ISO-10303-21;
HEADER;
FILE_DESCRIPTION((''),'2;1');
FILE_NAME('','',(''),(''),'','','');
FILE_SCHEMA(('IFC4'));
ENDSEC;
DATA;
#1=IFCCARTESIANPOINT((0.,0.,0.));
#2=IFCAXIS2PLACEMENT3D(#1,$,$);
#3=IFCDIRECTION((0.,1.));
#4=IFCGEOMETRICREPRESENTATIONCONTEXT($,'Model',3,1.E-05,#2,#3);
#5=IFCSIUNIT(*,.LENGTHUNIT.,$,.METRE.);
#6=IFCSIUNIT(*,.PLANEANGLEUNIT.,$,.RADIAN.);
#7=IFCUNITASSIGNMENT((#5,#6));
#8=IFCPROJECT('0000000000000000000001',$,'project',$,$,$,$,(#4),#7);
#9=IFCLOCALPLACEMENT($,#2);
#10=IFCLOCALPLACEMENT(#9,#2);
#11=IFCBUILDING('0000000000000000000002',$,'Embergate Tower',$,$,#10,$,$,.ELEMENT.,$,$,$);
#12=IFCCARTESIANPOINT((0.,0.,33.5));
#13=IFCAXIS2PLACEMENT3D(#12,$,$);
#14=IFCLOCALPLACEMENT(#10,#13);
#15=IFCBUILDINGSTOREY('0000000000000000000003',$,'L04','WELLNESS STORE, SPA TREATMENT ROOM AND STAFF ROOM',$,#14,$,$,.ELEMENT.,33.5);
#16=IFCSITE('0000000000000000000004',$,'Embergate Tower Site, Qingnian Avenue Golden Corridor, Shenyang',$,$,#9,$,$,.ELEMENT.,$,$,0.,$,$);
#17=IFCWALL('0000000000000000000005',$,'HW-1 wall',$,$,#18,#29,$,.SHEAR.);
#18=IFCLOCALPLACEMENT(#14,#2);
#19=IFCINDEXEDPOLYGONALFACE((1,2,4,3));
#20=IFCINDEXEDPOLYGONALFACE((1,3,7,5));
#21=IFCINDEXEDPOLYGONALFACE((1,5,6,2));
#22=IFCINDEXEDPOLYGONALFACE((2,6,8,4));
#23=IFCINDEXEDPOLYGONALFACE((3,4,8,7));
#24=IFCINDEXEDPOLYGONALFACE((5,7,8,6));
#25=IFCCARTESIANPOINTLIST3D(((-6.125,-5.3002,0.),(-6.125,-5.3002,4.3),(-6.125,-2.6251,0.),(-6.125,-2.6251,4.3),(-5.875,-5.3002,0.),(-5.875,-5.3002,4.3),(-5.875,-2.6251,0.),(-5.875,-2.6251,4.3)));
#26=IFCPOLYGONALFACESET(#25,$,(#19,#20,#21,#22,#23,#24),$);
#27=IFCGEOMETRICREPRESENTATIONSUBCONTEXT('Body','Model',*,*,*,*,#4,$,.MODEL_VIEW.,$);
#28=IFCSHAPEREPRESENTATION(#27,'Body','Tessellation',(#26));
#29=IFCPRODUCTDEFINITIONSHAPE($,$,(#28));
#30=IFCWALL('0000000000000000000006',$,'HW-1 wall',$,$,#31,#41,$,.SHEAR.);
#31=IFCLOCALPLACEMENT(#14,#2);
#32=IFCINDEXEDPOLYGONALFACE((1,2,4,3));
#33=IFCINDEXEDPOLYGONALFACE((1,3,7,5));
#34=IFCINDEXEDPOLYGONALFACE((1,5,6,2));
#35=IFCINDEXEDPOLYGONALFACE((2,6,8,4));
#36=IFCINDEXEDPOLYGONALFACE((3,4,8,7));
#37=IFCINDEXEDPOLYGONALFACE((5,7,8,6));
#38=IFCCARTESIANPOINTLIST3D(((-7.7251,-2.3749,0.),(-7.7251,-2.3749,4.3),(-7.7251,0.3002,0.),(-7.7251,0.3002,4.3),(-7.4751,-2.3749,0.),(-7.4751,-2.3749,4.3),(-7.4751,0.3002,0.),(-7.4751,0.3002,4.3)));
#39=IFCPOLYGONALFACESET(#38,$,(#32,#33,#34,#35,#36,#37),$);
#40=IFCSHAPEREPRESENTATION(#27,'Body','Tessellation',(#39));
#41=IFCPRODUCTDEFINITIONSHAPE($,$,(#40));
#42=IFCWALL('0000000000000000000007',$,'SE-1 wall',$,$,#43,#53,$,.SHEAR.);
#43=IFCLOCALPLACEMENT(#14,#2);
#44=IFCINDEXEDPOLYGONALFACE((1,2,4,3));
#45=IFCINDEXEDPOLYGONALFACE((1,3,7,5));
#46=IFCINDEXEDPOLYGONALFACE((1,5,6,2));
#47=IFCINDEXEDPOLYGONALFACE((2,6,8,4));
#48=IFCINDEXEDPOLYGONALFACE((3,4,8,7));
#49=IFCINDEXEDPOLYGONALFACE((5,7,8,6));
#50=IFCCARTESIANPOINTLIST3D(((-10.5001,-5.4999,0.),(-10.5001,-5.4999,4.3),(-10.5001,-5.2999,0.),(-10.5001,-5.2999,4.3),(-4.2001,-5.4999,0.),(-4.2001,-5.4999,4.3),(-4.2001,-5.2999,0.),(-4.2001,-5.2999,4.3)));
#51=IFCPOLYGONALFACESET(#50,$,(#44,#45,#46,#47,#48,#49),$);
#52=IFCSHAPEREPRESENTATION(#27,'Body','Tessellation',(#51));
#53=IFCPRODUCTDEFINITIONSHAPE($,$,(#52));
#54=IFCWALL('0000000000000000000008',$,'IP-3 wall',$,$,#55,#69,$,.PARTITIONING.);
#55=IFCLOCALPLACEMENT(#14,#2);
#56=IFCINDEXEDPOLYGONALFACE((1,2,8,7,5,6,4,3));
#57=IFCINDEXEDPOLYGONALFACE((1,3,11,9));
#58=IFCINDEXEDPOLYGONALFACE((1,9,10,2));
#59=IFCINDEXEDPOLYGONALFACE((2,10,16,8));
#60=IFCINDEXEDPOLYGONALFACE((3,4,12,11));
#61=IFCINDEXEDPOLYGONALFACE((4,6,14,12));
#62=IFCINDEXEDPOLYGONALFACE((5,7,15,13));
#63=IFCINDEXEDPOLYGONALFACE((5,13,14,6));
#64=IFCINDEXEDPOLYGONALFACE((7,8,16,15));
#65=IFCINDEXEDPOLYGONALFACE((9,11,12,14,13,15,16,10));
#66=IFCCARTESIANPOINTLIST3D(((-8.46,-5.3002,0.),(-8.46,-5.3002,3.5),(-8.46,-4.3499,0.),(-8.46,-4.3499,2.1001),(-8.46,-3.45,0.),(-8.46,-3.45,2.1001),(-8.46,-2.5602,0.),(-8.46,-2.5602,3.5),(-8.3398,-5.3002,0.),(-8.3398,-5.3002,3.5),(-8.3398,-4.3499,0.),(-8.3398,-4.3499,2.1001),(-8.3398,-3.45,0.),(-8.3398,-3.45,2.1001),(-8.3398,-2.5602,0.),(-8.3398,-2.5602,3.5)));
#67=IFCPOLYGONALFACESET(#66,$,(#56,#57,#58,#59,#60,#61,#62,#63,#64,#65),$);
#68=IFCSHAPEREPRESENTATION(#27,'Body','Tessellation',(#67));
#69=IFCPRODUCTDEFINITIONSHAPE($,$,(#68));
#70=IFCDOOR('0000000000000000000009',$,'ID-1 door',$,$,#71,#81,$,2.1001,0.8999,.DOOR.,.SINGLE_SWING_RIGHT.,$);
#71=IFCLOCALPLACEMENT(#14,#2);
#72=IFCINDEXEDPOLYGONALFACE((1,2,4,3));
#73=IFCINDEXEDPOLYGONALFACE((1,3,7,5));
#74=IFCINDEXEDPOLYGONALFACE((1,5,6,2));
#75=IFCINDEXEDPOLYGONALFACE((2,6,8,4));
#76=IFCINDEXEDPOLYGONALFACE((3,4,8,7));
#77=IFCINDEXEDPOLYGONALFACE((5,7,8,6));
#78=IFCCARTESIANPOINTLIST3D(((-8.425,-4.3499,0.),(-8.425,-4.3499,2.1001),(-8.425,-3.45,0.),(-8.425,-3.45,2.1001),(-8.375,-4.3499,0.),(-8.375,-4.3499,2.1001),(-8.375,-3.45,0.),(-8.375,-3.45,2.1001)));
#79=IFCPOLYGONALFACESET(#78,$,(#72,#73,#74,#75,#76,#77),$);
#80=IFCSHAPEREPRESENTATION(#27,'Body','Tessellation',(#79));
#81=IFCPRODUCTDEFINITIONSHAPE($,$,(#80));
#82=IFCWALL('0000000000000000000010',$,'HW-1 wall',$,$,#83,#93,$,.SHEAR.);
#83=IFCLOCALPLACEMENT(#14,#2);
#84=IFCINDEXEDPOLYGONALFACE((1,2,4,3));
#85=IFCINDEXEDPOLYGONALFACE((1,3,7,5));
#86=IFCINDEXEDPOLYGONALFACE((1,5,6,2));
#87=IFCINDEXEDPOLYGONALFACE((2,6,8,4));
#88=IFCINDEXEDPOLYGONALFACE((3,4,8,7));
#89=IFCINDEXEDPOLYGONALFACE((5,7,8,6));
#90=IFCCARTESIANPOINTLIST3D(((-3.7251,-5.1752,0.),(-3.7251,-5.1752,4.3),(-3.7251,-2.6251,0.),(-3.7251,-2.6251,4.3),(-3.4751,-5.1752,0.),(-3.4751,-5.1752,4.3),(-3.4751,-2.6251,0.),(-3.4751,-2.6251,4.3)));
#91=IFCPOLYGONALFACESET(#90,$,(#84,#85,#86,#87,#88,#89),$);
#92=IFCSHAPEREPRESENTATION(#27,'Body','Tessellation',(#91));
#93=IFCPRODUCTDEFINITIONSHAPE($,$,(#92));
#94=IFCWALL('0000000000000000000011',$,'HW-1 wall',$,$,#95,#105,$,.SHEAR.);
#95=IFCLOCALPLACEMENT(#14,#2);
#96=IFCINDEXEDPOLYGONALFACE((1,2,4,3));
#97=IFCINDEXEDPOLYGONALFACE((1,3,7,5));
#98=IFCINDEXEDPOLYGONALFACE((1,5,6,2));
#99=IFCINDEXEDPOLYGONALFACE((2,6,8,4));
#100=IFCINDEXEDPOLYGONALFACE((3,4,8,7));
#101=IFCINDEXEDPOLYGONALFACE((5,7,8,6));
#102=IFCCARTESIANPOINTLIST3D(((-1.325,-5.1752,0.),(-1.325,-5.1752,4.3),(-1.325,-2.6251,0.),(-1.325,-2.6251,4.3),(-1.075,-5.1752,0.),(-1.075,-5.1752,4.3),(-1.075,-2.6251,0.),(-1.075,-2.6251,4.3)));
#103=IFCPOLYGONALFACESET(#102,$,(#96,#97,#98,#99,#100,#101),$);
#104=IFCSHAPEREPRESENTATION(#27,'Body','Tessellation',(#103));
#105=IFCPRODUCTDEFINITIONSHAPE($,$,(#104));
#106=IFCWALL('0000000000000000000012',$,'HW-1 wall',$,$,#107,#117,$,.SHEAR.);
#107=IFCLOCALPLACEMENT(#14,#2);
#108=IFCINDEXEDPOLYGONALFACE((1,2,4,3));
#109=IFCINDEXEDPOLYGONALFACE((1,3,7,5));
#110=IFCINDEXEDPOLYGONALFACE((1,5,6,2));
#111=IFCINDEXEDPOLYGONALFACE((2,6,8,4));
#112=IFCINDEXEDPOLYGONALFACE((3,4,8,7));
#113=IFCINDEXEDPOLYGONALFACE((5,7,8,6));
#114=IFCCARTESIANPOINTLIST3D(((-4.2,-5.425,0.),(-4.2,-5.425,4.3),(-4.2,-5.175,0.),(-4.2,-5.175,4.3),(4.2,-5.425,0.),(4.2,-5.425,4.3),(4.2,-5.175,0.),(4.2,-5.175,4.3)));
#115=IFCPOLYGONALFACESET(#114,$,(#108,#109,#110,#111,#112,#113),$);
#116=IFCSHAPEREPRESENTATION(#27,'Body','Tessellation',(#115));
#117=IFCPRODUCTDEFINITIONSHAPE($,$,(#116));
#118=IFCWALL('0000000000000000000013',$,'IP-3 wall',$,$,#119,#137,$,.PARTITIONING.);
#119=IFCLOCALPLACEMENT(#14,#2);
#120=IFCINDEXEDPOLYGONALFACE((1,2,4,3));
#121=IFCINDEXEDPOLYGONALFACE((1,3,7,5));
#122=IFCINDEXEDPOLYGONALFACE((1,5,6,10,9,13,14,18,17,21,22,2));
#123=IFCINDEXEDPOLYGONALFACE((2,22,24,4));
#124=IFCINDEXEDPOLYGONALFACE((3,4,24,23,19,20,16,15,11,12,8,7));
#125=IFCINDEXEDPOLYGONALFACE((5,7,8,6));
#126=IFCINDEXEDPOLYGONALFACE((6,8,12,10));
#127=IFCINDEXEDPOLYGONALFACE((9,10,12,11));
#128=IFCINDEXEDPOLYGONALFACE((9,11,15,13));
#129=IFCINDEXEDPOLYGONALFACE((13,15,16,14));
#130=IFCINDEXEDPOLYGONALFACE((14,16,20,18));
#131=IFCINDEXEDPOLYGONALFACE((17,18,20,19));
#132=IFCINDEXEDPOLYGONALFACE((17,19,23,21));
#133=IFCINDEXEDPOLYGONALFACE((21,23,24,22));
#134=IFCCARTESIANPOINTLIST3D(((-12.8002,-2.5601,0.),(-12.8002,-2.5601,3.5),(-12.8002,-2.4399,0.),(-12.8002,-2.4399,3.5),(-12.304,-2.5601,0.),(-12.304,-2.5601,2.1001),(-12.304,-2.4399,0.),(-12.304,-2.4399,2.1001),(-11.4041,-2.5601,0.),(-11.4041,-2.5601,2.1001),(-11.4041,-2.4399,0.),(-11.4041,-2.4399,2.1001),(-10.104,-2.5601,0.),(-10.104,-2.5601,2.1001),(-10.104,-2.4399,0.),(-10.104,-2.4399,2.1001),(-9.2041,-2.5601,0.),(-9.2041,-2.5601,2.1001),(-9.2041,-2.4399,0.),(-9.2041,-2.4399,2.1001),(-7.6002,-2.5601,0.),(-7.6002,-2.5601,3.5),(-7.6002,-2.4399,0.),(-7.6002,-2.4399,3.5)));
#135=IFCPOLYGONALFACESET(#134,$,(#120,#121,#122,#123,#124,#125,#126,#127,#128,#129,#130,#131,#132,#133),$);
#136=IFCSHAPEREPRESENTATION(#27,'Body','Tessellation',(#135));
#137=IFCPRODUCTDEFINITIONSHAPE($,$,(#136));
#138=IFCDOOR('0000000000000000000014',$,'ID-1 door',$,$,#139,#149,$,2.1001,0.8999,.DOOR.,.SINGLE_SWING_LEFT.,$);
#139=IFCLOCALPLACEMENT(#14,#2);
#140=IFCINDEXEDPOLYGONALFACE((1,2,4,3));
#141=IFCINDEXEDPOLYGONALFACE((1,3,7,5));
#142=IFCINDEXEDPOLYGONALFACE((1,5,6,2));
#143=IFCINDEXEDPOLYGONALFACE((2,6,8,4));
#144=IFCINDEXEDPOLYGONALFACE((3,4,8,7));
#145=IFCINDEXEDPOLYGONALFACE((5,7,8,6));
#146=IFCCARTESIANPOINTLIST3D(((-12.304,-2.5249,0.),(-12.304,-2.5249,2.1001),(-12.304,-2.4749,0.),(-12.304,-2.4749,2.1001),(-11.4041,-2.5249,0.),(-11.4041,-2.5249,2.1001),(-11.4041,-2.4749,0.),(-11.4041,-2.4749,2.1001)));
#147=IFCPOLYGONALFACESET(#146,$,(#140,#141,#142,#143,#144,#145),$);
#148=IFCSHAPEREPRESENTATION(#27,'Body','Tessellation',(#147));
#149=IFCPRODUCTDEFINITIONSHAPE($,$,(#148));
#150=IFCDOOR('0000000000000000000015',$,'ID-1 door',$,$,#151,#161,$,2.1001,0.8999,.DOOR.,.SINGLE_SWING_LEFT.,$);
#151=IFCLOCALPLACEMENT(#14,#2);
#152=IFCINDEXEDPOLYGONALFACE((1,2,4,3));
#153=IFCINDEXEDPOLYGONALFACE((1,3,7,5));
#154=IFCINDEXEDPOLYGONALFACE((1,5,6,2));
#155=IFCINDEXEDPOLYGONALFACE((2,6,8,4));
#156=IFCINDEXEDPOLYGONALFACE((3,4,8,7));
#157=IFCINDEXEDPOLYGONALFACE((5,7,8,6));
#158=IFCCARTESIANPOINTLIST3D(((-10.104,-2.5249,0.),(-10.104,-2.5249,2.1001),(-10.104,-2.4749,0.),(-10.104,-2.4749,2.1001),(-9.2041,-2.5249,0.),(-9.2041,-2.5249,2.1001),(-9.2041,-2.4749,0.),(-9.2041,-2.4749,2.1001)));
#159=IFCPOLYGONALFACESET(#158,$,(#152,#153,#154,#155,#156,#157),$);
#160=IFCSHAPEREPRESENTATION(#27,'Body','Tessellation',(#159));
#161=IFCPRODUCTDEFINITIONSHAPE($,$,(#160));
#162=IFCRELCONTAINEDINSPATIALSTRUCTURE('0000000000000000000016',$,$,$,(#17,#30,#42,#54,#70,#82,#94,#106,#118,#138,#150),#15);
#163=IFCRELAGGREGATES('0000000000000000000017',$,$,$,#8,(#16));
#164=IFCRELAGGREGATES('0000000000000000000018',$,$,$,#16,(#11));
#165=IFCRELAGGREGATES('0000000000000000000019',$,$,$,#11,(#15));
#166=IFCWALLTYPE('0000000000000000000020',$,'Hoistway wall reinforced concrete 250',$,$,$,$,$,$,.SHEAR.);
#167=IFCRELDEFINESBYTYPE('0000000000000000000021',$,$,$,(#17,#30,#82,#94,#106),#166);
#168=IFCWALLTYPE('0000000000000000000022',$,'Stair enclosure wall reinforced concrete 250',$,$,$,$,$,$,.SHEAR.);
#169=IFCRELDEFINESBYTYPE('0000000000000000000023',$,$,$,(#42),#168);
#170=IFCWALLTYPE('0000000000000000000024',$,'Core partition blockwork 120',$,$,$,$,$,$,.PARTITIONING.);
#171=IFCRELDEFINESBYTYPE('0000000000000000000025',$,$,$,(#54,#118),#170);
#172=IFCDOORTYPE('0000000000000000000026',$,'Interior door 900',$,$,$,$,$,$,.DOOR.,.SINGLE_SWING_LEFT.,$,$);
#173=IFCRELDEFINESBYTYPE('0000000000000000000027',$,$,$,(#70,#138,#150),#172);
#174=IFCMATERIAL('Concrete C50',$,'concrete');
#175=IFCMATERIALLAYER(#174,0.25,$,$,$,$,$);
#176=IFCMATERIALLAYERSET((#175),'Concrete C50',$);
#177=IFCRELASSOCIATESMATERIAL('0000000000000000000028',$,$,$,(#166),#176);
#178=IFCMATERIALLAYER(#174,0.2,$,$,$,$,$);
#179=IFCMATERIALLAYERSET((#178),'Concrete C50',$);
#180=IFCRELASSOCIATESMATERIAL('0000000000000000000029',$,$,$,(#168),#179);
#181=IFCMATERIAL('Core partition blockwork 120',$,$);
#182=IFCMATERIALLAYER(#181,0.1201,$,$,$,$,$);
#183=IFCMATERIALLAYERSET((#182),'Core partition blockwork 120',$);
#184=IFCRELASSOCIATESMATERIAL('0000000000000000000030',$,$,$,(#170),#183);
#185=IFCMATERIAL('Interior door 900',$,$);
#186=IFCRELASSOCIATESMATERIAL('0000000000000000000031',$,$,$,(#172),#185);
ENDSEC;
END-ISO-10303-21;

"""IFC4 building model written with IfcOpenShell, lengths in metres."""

from ifc_helpers import new_model, si_unit, direction, frame, frame_2d, origin, place, context, subcontext, project, spatial, rectangle, extrude, source, transform, mapped, material, layer, layer_set, type_object, element, fill, save


model = new_model("IFC4")

# Units and contexts
model_context = context("Model", 3, precision=1e-05, world=origin(), true_north=direction((0.0, 1.0)))
body_context = subcontext(model_context, "Body", "Model", "MODEL_VIEW")
ifc_project = project(units=[si_unit("LENGTHUNIT", "METRE"), si_unit("PLANEANGLEUNIT", "RADIAN")], contexts=[model_context])

# Site, building, storey
site_placement = place(None, origin())
site = spatial("IfcSite", under=ifc_project, at=site_placement, Name="Embergate Tower Site, Qingnian Avenue Golden Corridor, Shenyang", CompositionType="ELEMENT", RefElevation=0.0)
building_placement = place(site_placement, origin())
building = spatial("IfcBuilding", under=site, at=building_placement, Name="Embergate Tower", CompositionType="ELEMENT")
storey_placement = place(building_placement, frame((0.0, 0.0, 33.5)))
storey = spatial("IfcBuildingStorey", under=building, at=storey_placement, Name="L04", Description="WELLNESS STORE, SPA TREATMENT ROOM AND STAFF ROOM", CompositionType="ELEMENT", Elevation=33.5)

# Walls
ifc_material_1 = material(Name="Concrete C50", Category="concrete")
ifc_layer_1 = layer(ifc_material_1, 0.25)
ifc_layer_set_1 = layer_set([ifc_layer_1], Name="Concrete C50")
wall_type_1 = type_object("IfcWallType", Name="Hoistway wall reinforced concrete 250", PredefinedType="SHEAR", material=ifc_layer_set_1)
shared_shape_1 = source(origin(), body_context, "Body", "SweptSolid", [
    extrude(rectangle(XDim=2.675, YDim=0.25, at=frame_2d((1.3374, 0.0))), origin(), (0.0, 0.0, 1.0), 4.3),
])
for number, where, z_axis, x_axis, name in (
    (1, (-6.0, -5.3, 0.0), (0.0, 0.0, 1.0), (0.0, 1.0, 0.0), "HW-1 wall"),
    (2, (-7.6001, 0.3, 0.0), (0.0, 0.0, 1.0), (0.0, -1.0, 0.0), "HW-1 wall"),
):
    element("IfcWall", number, at=place(storey_placement, frame(where, z_axis=z_axis, x_axis=x_axis)), inside=storey, type_object=wall_type_1, Name=name, PredefinedType="SHEAR", context=body_context, shape_type="MappedRepresentation", body=[
        mapped(shared_shape_1, transform((0.0, 0.0, 0.0))),
    ])
ifc_layer_2 = layer(ifc_material_1, 0.2)
ifc_layer_set_2 = layer_set([ifc_layer_2], Name="Concrete C50")
wall_type_2 = type_object("IfcWallType", Name="Stair enclosure wall reinforced concrete 250", PredefinedType="SHEAR", material=ifc_layer_set_2)
shared_shape_2 = source(origin(), body_context, "Body", "SweptSolid", [
    extrude(rectangle(XDim=6.3, YDim=0.2, at=frame_2d((3.1499, 0.0))), origin(), (0.0, 0.0, 1.0), 4.3),
])
wall_1_placement = place(storey_placement, frame((-10.5, -5.3999, 0.0), z_axis=(0.0, 0.0, 1.0), x_axis=(1.0, 0.0, 0.0)))
element("IfcWall", 3, at=wall_1_placement, inside=storey, type_object=wall_type_2, Name="SE-1 wall", PredefinedType="SHEAR", context=body_context, shape_type="MappedRepresentation", body=[
    mapped(shared_shape_2, transform((0.0, 0.0, 0.0))),
])

# Wall, opening, door
ifc_material_2 = material(Name="Core partition blockwork 120")
ifc_layer_3 = layer(ifc_material_2, 0.1201)
ifc_layer_set_3 = layer_set([ifc_layer_3], Name="Core partition blockwork 120")
wall_type_3 = type_object("IfcWallType", Name="Core partition blockwork 120", PredefinedType="PARTITIONING", material=ifc_layer_set_3)
shared_shape_3 = source(origin(), body_context, "Body", "SweptSolid", [
    extrude(rectangle(XDim=2.74, YDim=0.1201, at=frame_2d((1.3701, 0.0))), origin(), (0.0, 0.0, 1.0), 3.5),
])
wall_2_placement = place(storey_placement, frame((-8.3999, -2.5601, 0.0), z_axis=(0.0, 0.0, 1.0), x_axis=(0.0, -1.0, 0.0)))
wall_2 = element("IfcWall", 4, at=wall_2_placement, inside=storey, type_object=wall_type_3, Name="IP-3 wall", PredefinedType="PARTITIONING", context=body_context, shape_type="MappedRepresentation", body=[
    mapped(shared_shape_3, transform((0.0, 0.0, 0.0))),
])
shared_shape_4 = source(origin(), body_context, "Body", "SweptSolid", [
    extrude(rectangle(XDim=0.8999, YDim=2.1001, at=frame_2d((0.45, 1.05))), frame((0.0, 0.0701, 0.0), z_axis=(0.0, -1.0, 0.0), x_axis=(1.0, 0.0, 0.0)), (0.0, 0.0, 1.0), 0.1401),
])
opening_1_placement = place(wall_2_placement, frame((0.8899, 0.0, 0.0)))
opening_1 = element("IfcOpeningElement", 5, at=opening_1_placement, cuts=wall_2, PredefinedType="OPENING", context=body_context, shape_type="MappedRepresentation", body=[
    mapped(shared_shape_4, transform((0.0, 0.0, 0.0))),
])
ifc_material_3 = material(Name="Interior door 900")
door_type_1 = type_object("IfcDoorType", Name="Interior door 900", OperationType="SINGLE_SWING_LEFT", PredefinedType="DOOR", material=ifc_material_3)
shared_shape_5 = source(origin(), body_context, "Body", "SweptSolid", [
    extrude(rectangle(XDim=0.8999, YDim=2.1001, at=frame_2d((0.45, 1.05))), frame((0.0, 0.0249, 0.0), z_axis=(0.0, -1.0, 0.0), x_axis=(1.0, 0.0, 0.0)), (0.0, 0.0, 1.0), 0.05),
])
door_1_placement = place(opening_1_placement, origin())
door_1 = element("IfcDoor", 6, at=door_1_placement, inside=storey, type_object=door_type_1, Name="ID-1 door", OperationType="SINGLE_SWING_RIGHT", OverallHeight=2.1001, OverallWidth=0.8999, PredefinedType="DOOR", context=body_context, shape_type="MappedRepresentation", body=[
    mapped(shared_shape_5, transform((0.0, 0.0, 0.0))),
])
fill(opening_1, door_1)

# Walls
shared_shape_6 = source(origin(), body_context, "Body", "SweptSolid", [
    extrude(rectangle(XDim=2.55, YDim=0.25, at=frame_2d((1.2749, 0.0))), origin(), (0.0, 0.0, 1.0), 4.3),
])
for number, where, z_axis, x_axis, name in (
    (7, (-3.6001, -5.175, 0.0), (0.0, 0.0, 1.0), (0.0, 1.0, 0.0), "HW-1 wall"),
    (8, (-1.2, -5.175, 0.0), (0.0, 0.0, 1.0), (0.0, 1.0, 0.0), "HW-1 wall"),
):
    element("IfcWall", number, at=place(storey_placement, frame(where, z_axis=z_axis, x_axis=x_axis)), inside=storey, type_object=wall_type_1, Name=name, PredefinedType="SHEAR", context=body_context, shape_type="MappedRepresentation", body=[
        mapped(shared_shape_6, transform((0.0, 0.0, 0.0))),
    ])
shared_shape_7 = source(origin(), body_context, "Body", "SweptSolid", [
    extrude(rectangle(XDim=8.3999, YDim=0.25, at=frame_2d((4.2, 0.0))), origin(), (0.0, 0.0, 1.0), 4.3),
])
wall_3_placement = place(storey_placement, frame((-4.2, -5.3, 0.0), z_axis=(0.0, 0.0, 1.0), x_axis=(1.0, 0.0, 0.0)))
element("IfcWall", 9, at=wall_3_placement, inside=storey, type_object=wall_type_1, Name="HW-1 wall", PredefinedType="SHEAR", context=body_context, shape_type="MappedRepresentation", body=[
    mapped(shared_shape_7, transform((0.0, 0.0, 0.0))),
])

# Wall, openings, doors
shared_shape_8 = source(origin(), body_context, "Body", "SweptSolid", [
    extrude(rectangle(XDim=5.2, YDim=0.1201, at=frame_2d((2.6001, 0.0))), origin(), (0.0, 0.0, 1.0), 3.5),
])
wall_4_placement = place(storey_placement, frame((-7.6001, -2.5, 0.0), z_axis=(0.0, 0.0, 1.0), x_axis=(-1.0, 0.0, 0.0)))
wall_4 = element("IfcWall", 10, at=wall_4_placement, inside=storey, type_object=wall_type_3, Name="IP-3 wall", PredefinedType="PARTITIONING", context=body_context, shape_type="MappedRepresentation", body=[
    mapped(shared_shape_8, transform((0.0, 0.0, 0.0))),
])
opening_2_placement = place(wall_4_placement, frame((3.804, 0.0, 0.0)))
opening_2 = element("IfcOpeningElement", 11, at=opening_2_placement, cuts=wall_4, PredefinedType="OPENING", context=body_context, shape_type="MappedRepresentation", body=[
    mapped(shared_shape_4, transform((0.0, 0.0, 0.0))),
])
opening_3_placement = place(wall_4_placement, frame((1.604, 0.0, 0.0)))
opening_3 = element("IfcOpeningElement", 12, at=opening_3_placement, cuts=wall_4, PredefinedType="OPENING", context=body_context, shape_type="MappedRepresentation", body=[
    mapped(shared_shape_4, transform((0.0, 0.0, 0.0))),
])
door_2_placement = place(opening_2_placement, origin())
door_2 = element("IfcDoor", 13, at=door_2_placement, inside=storey, type_object=door_type_1, Name="ID-1 door", OperationType="SINGLE_SWING_LEFT", OverallHeight=2.1001, OverallWidth=0.8999, PredefinedType="DOOR", context=body_context, shape_type="MappedRepresentation", body=[
    mapped(shared_shape_5, transform((0.0, 0.0, 0.0))),
])
fill(opening_2, door_2)
door_3_placement = place(opening_3_placement, origin())
door_3 = element("IfcDoor", 14, at=door_3_placement, inside=storey, type_object=door_type_1, Name="ID-1 door", OperationType="SINGLE_SWING_LEFT", OverallHeight=2.1001, OverallWidth=0.8999, PredefinedType="DOOR", context=body_context, shape_type="MappedRepresentation", body=[
    mapped(shared_shape_5, transform((0.0, 0.0, 0.0))),
])
fill(opening_3, door_3)

save(model, "model.ifc")
